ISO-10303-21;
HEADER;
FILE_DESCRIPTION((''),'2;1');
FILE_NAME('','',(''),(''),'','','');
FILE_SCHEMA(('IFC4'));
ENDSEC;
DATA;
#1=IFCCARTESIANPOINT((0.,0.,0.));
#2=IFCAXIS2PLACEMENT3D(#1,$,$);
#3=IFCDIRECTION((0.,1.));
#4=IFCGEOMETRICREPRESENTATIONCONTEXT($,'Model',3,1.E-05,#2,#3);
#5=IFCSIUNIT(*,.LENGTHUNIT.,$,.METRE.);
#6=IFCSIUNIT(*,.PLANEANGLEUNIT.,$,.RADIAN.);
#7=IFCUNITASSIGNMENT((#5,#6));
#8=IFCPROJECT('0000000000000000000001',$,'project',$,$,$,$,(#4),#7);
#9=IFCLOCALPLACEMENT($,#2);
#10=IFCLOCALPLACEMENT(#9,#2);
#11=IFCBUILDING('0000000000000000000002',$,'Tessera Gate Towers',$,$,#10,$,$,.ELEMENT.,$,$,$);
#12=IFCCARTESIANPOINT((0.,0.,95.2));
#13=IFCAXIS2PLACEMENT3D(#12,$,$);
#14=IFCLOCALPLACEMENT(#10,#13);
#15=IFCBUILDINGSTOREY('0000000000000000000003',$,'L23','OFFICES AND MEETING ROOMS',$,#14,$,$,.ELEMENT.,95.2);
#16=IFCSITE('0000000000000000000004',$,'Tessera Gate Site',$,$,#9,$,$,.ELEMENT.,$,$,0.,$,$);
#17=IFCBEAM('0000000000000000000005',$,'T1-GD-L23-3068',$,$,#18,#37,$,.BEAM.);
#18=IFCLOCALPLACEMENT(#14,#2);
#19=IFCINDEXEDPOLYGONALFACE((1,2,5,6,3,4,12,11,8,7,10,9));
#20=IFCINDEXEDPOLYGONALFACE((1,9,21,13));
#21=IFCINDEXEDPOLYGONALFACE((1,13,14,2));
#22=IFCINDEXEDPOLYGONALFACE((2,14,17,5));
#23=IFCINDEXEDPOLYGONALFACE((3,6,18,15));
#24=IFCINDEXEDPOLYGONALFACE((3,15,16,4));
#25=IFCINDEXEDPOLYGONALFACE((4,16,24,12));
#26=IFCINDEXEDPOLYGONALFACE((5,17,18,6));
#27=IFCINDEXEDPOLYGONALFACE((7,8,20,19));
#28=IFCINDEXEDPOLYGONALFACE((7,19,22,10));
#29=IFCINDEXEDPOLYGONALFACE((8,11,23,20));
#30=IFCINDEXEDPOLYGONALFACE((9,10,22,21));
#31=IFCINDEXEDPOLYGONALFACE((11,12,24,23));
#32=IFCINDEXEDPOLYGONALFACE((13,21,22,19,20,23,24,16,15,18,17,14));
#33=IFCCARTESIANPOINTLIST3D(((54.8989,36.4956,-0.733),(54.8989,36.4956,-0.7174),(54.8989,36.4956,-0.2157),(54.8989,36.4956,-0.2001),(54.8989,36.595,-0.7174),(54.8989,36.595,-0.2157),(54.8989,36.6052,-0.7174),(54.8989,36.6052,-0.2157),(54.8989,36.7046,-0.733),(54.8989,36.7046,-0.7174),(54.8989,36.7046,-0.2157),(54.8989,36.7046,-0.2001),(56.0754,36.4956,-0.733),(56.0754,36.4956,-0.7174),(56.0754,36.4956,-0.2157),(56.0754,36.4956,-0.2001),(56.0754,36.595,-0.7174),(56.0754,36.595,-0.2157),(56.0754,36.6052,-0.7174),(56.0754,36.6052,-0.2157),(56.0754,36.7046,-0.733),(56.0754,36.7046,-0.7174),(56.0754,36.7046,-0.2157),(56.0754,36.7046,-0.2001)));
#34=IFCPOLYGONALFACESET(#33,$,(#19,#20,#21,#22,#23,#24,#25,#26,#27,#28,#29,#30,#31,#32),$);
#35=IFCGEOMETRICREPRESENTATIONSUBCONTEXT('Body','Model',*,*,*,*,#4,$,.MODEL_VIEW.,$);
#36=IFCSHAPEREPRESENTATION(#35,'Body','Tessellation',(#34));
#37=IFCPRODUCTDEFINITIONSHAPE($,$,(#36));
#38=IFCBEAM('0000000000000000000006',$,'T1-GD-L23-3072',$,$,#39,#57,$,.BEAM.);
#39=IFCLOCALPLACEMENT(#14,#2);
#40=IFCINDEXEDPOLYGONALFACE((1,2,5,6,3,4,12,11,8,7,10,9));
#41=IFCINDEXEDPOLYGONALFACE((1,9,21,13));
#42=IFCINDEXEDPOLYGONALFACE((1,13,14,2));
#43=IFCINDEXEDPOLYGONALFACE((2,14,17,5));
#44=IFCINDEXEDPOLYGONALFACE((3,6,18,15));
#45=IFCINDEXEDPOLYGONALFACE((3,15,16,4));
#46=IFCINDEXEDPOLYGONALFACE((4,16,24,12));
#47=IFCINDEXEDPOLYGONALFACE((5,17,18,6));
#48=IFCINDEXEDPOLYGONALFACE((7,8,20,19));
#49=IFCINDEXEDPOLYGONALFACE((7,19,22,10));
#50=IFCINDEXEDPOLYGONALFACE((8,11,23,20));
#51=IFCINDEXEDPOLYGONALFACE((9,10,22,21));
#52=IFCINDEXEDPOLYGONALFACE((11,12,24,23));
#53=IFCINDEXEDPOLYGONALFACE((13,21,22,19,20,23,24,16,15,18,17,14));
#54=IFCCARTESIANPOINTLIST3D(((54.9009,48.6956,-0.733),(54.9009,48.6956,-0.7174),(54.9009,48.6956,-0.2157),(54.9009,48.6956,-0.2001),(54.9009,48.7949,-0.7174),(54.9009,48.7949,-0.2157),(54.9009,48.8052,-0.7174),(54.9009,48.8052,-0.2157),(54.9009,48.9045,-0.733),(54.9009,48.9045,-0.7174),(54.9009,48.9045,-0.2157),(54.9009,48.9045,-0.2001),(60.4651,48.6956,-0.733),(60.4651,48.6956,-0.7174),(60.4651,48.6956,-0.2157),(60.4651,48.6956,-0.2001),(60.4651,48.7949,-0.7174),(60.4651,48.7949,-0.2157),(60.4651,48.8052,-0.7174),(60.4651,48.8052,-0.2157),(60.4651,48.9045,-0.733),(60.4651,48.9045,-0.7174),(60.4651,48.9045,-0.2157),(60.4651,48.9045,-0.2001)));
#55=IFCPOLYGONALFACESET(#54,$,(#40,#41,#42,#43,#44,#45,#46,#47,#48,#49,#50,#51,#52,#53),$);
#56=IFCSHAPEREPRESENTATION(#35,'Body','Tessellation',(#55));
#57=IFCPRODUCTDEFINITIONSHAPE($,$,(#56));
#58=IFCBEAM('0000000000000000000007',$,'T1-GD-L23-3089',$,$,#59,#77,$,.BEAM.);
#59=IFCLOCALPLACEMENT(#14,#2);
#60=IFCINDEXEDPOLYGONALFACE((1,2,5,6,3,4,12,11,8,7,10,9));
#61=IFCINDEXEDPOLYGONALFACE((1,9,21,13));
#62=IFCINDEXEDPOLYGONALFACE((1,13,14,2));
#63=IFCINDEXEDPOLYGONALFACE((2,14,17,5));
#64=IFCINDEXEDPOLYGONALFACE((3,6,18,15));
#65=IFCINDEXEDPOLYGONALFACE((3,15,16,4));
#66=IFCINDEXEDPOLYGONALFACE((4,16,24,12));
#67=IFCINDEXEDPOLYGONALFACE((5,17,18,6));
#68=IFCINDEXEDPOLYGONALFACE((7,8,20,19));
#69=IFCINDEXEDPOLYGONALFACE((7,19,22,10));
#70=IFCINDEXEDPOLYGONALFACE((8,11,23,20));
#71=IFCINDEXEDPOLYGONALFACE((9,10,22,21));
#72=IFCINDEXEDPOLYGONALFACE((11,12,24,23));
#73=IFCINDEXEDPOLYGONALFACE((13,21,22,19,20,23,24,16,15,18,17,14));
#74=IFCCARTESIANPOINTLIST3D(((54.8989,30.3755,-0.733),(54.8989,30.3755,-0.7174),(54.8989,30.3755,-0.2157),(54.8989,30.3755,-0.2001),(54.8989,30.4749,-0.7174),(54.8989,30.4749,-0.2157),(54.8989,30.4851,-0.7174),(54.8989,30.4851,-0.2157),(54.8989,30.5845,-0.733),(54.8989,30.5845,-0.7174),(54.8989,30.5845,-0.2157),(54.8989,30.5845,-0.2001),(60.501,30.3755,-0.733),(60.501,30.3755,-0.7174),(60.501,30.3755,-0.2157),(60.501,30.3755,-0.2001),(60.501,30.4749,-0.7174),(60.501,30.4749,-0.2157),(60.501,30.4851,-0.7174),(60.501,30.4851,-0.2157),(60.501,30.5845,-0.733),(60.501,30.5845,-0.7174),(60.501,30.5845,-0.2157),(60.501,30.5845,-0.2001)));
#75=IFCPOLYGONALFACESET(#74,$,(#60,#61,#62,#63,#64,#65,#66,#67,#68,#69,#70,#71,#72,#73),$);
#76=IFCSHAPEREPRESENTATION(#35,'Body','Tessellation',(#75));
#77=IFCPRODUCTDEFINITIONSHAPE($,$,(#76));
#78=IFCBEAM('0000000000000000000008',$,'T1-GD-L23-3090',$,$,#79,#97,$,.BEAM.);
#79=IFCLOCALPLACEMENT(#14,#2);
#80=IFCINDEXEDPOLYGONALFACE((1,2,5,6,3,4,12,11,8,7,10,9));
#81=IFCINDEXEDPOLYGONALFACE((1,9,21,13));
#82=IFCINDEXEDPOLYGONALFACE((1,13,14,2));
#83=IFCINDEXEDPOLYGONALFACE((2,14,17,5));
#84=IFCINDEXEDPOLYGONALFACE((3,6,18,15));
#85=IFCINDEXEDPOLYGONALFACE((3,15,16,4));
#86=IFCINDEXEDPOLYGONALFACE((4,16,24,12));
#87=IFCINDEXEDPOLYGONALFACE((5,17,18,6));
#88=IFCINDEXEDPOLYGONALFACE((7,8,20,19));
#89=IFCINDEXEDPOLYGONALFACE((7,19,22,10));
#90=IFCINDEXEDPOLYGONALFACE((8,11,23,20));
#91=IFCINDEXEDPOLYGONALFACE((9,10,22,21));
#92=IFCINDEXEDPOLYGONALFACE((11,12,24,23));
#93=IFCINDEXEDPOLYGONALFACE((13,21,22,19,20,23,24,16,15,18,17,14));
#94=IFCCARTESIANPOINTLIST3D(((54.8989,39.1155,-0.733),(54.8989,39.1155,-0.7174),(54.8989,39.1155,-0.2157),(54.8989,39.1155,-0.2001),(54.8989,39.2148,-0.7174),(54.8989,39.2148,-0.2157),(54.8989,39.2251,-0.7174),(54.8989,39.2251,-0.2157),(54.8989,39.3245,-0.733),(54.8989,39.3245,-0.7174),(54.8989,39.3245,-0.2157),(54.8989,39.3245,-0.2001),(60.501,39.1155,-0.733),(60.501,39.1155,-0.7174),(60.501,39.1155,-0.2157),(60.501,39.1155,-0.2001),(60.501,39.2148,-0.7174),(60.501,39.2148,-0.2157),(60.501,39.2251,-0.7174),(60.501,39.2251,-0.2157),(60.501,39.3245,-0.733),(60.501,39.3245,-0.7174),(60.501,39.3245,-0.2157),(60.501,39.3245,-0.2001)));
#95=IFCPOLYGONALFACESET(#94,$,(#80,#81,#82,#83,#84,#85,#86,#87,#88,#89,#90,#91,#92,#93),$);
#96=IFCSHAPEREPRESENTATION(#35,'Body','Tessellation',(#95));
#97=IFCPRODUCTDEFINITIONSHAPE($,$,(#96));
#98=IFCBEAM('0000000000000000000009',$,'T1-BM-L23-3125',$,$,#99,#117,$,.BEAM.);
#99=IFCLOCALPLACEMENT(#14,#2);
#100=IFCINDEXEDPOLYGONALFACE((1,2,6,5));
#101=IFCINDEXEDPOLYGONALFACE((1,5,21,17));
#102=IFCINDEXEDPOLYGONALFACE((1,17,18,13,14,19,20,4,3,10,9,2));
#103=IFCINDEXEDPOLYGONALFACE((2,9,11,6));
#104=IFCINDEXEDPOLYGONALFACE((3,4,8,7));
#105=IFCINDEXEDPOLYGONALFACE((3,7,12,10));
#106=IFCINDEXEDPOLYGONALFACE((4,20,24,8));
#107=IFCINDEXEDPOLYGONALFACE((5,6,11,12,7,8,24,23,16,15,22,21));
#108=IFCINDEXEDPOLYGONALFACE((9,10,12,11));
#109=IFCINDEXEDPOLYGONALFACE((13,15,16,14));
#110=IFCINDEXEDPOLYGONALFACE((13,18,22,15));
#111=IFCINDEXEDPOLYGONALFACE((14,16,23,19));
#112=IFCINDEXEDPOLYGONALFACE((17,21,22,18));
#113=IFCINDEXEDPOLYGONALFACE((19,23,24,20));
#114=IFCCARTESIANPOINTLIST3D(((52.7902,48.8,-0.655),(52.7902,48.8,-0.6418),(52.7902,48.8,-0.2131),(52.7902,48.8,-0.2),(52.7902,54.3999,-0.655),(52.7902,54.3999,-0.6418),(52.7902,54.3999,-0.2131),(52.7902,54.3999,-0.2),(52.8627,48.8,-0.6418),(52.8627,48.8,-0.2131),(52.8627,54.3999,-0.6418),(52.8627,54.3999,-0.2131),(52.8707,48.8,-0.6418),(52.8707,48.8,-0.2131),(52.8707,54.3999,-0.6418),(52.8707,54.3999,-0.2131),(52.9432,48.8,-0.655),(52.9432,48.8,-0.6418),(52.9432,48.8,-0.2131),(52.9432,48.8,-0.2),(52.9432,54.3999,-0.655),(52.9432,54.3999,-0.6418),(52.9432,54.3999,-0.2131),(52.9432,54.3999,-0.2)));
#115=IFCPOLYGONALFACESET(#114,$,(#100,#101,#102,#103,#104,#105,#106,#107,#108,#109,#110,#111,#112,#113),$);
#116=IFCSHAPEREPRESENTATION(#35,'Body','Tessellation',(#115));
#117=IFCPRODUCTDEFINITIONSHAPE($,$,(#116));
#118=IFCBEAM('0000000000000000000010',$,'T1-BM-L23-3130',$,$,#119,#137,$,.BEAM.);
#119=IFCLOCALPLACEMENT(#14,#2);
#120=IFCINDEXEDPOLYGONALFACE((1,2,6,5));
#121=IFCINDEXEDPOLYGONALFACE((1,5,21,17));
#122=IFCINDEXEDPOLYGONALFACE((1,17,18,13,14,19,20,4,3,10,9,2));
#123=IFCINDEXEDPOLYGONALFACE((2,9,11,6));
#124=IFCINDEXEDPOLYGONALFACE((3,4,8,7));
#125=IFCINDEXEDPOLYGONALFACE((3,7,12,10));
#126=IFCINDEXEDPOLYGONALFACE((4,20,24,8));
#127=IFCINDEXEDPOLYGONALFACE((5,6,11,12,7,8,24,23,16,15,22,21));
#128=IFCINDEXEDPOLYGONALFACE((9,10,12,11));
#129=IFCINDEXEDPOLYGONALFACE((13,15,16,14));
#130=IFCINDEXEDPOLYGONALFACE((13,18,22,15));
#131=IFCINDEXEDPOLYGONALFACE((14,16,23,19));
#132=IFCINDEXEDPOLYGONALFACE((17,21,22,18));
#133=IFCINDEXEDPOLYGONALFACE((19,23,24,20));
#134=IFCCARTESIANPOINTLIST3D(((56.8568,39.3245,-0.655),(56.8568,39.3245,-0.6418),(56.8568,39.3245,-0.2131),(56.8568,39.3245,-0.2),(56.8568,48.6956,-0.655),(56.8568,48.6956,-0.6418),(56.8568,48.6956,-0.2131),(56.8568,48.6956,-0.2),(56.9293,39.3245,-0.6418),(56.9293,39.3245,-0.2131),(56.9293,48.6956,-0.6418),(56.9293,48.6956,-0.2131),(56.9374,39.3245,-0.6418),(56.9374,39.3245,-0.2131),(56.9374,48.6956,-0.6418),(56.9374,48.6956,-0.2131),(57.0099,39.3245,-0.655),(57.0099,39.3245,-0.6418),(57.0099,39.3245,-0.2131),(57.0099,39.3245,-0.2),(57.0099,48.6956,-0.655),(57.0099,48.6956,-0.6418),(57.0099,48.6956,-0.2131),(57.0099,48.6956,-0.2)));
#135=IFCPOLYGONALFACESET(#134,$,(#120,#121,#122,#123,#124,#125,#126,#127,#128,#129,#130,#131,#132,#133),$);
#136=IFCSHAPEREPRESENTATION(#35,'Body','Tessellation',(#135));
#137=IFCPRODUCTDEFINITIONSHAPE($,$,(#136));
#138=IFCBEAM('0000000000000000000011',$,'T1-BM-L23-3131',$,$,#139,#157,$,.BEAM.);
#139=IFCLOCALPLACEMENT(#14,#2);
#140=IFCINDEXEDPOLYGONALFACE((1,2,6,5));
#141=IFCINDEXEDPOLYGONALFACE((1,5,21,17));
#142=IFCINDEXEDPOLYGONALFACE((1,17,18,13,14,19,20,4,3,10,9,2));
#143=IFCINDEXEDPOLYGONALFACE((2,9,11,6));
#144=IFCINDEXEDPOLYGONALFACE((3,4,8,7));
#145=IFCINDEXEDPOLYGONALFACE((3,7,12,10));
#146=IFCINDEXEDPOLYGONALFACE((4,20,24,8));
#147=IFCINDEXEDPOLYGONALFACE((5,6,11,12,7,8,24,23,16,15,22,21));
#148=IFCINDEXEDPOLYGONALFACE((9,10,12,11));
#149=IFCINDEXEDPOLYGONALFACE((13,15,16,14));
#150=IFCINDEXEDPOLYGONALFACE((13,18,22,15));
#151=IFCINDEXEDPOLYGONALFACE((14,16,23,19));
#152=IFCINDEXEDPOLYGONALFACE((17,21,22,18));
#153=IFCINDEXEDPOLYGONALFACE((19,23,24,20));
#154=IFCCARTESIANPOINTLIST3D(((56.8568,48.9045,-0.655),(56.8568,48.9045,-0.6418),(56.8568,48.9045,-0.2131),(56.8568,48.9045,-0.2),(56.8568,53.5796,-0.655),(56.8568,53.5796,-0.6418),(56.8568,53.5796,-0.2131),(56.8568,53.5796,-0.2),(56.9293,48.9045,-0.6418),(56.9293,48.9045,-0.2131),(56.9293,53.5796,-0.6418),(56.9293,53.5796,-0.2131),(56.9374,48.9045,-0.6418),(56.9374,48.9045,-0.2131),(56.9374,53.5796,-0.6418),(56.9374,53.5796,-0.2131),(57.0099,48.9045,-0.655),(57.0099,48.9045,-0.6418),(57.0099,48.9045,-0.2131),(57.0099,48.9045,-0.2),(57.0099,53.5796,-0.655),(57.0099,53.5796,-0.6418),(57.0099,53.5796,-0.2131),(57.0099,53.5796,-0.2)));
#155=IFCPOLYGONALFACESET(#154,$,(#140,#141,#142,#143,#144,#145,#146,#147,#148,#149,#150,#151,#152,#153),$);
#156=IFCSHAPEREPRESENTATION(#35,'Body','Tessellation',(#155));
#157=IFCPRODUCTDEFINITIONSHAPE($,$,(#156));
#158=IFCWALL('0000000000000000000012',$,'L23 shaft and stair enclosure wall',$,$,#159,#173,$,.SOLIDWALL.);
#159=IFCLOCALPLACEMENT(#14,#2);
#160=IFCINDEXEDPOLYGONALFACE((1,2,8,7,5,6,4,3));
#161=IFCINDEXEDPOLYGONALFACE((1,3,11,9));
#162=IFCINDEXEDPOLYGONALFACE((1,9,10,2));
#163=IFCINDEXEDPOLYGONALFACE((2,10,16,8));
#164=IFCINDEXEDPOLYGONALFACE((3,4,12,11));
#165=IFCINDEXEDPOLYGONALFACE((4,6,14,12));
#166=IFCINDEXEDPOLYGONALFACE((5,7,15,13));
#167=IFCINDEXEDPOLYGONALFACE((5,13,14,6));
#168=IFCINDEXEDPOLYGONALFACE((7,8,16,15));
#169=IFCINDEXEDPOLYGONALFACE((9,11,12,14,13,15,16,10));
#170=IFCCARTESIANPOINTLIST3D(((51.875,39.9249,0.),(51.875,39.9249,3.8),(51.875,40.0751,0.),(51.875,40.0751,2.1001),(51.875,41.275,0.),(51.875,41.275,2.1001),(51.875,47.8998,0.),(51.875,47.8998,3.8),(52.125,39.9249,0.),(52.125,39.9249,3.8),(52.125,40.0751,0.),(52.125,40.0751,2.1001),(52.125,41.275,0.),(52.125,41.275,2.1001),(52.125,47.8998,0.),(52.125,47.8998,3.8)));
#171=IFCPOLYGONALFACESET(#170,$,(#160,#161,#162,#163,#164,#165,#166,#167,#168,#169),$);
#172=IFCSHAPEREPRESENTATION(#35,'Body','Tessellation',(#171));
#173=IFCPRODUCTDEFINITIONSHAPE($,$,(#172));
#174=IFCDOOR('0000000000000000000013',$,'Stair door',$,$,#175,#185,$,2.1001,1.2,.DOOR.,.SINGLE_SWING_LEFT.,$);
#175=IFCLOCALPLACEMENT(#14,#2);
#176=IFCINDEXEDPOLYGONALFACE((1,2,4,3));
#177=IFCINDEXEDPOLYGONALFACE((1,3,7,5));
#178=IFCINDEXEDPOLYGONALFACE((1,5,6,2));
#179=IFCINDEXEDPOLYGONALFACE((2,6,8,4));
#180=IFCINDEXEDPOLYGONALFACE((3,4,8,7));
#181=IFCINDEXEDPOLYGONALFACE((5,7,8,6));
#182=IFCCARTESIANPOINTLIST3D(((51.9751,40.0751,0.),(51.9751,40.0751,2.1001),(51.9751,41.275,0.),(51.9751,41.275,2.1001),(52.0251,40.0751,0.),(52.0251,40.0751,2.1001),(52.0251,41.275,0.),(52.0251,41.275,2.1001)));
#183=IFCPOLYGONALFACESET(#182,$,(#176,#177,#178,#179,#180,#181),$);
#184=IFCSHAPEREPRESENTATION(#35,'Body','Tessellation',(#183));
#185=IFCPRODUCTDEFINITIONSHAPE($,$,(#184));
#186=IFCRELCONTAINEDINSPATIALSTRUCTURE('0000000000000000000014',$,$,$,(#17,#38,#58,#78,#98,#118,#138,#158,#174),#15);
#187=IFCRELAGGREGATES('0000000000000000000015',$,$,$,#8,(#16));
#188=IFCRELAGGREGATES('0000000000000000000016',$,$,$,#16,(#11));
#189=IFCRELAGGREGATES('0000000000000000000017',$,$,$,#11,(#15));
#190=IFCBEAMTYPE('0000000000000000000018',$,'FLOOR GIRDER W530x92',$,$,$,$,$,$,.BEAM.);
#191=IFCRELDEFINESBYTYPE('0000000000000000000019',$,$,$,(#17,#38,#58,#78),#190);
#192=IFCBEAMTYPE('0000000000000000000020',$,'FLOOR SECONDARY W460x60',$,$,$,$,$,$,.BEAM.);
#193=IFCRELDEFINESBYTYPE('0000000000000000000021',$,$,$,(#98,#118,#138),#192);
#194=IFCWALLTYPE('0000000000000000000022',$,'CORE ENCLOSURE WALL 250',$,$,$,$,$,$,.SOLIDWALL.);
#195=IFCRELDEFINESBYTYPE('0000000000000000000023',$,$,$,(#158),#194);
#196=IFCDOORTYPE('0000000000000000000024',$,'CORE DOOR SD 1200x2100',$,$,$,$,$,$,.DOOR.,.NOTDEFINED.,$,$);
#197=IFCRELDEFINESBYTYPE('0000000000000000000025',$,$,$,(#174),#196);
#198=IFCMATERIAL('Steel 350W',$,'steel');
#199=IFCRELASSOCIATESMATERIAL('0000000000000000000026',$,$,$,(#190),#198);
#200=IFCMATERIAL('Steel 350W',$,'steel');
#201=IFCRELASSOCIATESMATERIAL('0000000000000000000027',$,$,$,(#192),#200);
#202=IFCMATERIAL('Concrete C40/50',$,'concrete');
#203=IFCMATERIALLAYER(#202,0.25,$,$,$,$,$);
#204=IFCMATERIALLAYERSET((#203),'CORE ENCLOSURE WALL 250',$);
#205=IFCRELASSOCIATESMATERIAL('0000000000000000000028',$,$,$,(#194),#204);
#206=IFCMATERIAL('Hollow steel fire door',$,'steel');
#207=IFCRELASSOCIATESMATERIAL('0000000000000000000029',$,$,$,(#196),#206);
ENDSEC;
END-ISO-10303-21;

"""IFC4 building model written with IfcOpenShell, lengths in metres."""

from ifc_helpers import new_model, si_unit, direction, frame, frame_2d, origin, origin_2d, place, context, subcontext, project, spatial, rectangle, i_section, extrude, source, transform, mapped, material, layer, layer_set, material_profile, profile_set, type_object, element, fill, save


model = new_model("IFC4")

# Units and contexts
model_context = context("Model", 3, precision=1e-05, world=origin(), true_north=direction((0.0, 1.0)))
body_context = subcontext(model_context, "Body", "Model", "MODEL_VIEW")
ifc_project = project(units=[si_unit("LENGTHUNIT", "METRE"), si_unit("PLANEANGLEUNIT", "RADIAN")], contexts=[model_context])

# Site, building, storey
site_placement = place(None, origin())
site = spatial("IfcSite", under=ifc_project, at=site_placement, Name="Tessera Gate Site", CompositionType="ELEMENT", RefElevation=0.0)
building_placement = place(site_placement, origin())
building = spatial("IfcBuilding", under=site, at=building_placement, Name="Tessera Gate Towers", CompositionType="ELEMENT")
storey_placement = place(building_placement, frame((0.0, 0.0, 95.2)))
storey = spatial("IfcBuildingStorey", under=building, at=storey_placement, Name="L23", Description="OFFICES AND MEETING ROOMS", CompositionType="ELEMENT", Elevation=95.2)

# Beams
ifc_material_1 = material(Name="Steel 350W", Category="steel")
ifc_material_profile_1 = material_profile(ifc_material_1, i_section(OverallWidth=0.209, OverallDepth=0.533, WebThickness=0.0103, FlangeThickness=0.0156, at=origin_2d()), Name="W530x92")
ifc_profile_set_1 = profile_set([ifc_material_profile_1], Name="Steel 350W")
beam_type_1 = type_object("IfcBeamType", Name="FLOOR GIRDER W530x92", PredefinedType="BEAM", material=ifc_profile_set_1)
beam_1_placement = place(storey_placement, frame((54.8989, 36.6001, -0.4666), z_axis=(1.0, 0.0, 0.0), x_axis=(0.0, 1.0, 0.0)))
element("IfcBeam", 1, at=beam_1_placement, inside=storey, type_object=beam_type_1, Name="T1-GD-L23-3068", PredefinedType="BEAM", context=body_context, shape_type="SweptSolid", body=[
    extrude(i_section(OverallWidth=0.209, OverallDepth=0.533, WebThickness=0.0103, FlangeThickness=0.0156, at=origin_2d()), origin(), (0.0, 0.0, 1.0), 1.1765),
])
beam_2_placement = place(storey_placement, frame((54.9009, 48.8, -0.4666), z_axis=(1.0, 0.0, 0.0), x_axis=(0.0, 1.0, 0.0)))
element("IfcBeam", 2, at=beam_2_placement, inside=storey, type_object=beam_type_1, Name="T1-GD-L23-3072", PredefinedType="BEAM", context=body_context, shape_type="SweptSolid", body=[
    extrude(i_section(OverallWidth=0.209, OverallDepth=0.533, WebThickness=0.0103, FlangeThickness=0.0156, at=origin_2d()), origin(), (0.0, 0.0, 1.0), 5.5642),
])
for number, where, z_axis, x_axis, name in (
    (3, (54.8989, 30.48, -0.4666), (1.0, 0.0, 0.0), (0.0, 1.0, 0.0), "T1-GD-L23-3089"),
    (4, (54.8989, 39.22, -0.4666), (1.0, 0.0, 0.0), (0.0, 1.0, 0.0), "T1-GD-L23-3090"),
):
    element("IfcBeam", number, at=place(storey_placement, frame(where, z_axis=z_axis, x_axis=x_axis)), inside=storey, type_object=beam_type_1, Name=name, PredefinedType="BEAM", context=body_context, shape_type="SweptSolid", body=[
        extrude(i_section(OverallWidth=0.209, OverallDepth=0.533, WebThickness=0.0103, FlangeThickness=0.0156, at=origin_2d()), origin(), (0.0, 0.0, 1.0), 5.6021),
    ])
ifc_material_2 = material(Name="Steel 350W", Category="steel")
ifc_material_profile_2 = material_profile(ifc_material_2, i_section(OverallWidth=0.1531, OverallDepth=0.4551, WebThickness=0.0081, FlangeThickness=0.0132, at=origin_2d()), Name="W460x60")
ifc_profile_set_2 = profile_set([ifc_material_profile_2], Name="Steel 350W")
beam_type_2 = type_object("IfcBeamType", Name="FLOOR SECONDARY W460x60", PredefinedType="BEAM", material=ifc_profile_set_2)
beam_3_placement = place(storey_placement, frame((52.8667, 48.8, -0.4275), z_axis=(0.0, 1.0, 0.0), x_axis=(-1.0, 0.0, 0.0)))
element("IfcBeam", 5, at=beam_3_placement, inside=storey, type_object=beam_type_2, Name="T1-BM-L23-3125", PredefinedType="BEAM", context=body_context, shape_type="SweptSolid", body=[
    extrude(i_section(OverallWidth=0.1531, OverallDepth=0.4551, WebThickness=0.0081, FlangeThickness=0.0132, at=origin_2d()), origin(), (0.0, 0.0, 1.0), 5.5999),
])
beam_4_placement = place(storey_placement, frame((56.9333, 39.3245, -0.4275), z_axis=(0.0, 1.0, 0.0), x_axis=(-1.0, 0.0, 0.0)))
element("IfcBeam", 6, at=beam_4_placement, inside=storey, type_object=beam_type_2, Name="T1-BM-L23-3130", PredefinedType="BEAM", context=body_context, shape_type="SweptSolid", body=[
    extrude(i_section(OverallWidth=0.1531, OverallDepth=0.4551, WebThickness=0.0081, FlangeThickness=0.0132, at=origin_2d()), origin(), (0.0, 0.0, 1.0), 9.3711),
])
beam_5_placement = place(storey_placement, frame((56.9333, 48.9045, -0.4275), z_axis=(0.0, 1.0, 0.0), x_axis=(-1.0, 0.0, 0.0)))
element("IfcBeam", 7, at=beam_5_placement, inside=storey, type_object=beam_type_2, Name="T1-BM-L23-3131", PredefinedType="BEAM", context=body_context, shape_type="SweptSolid", body=[
    extrude(i_section(OverallWidth=0.1531, OverallDepth=0.4551, WebThickness=0.0081, FlangeThickness=0.0132, at=origin_2d()), origin(), (0.0, 0.0, 1.0), 4.675),
])

# Wall, opening, door
ifc_material_3 = material(Name="Concrete C40/50", Category="concrete")
ifc_layer_1 = layer(ifc_material_3, 0.25)
ifc_layer_set_1 = layer_set([ifc_layer_1], Name="CORE ENCLOSURE WALL 250")
wall_type_1 = type_object("IfcWallType", Name="CORE ENCLOSURE WALL 250", PredefinedType="SOLIDWALL", material=ifc_layer_set_1)
wall_1_placement = place(storey_placement, frame((52.0, 39.925, 0.0), z_axis=(0.0, 0.0, 1.0), x_axis=(0.0, 1.0, 0.0)))
wall_1 = element("IfcWall", 8, at=wall_1_placement, inside=storey, type_object=wall_type_1, Name="L23 shaft and stair enclosure wall", PredefinedType="SOLIDWALL", context=body_context, shape_type="SweptSolid", body=[
    extrude(rectangle(XDim=7.9749, YDim=0.25, at=frame_2d((3.9873, 0.0))), origin(), (0.0, 0.0, 1.0), 3.8),
])
shared_shape_1 = source(origin(), body_context, "Body", "SweptSolid", [
    extrude(rectangle(XDim=1.2, YDim=2.1001, at=frame_2d((0.6001, 1.05))), frame((0.0, 0.135, 0.0), z_axis=(0.0, -1.0, 0.0), x_axis=(1.0, 0.0, 0.0)), (0.0, 0.0, 1.0), 0.27),
])
opening_1_placement = place(wall_1_placement, frame((0.1499, 0.0, 0.0)))
opening_1 = element("IfcOpeningElement", 9, at=opening_1_placement, cuts=wall_1, PredefinedType="OPENING", context=body_context, shape_type="MappedRepresentation", body=[
    mapped(shared_shape_1, transform((0.0, 0.0, 0.0), scale=1.0)),
])
ifc_material_4 = material(Name="Hollow steel fire door", Category="steel")
door_type_1 = type_object("IfcDoorType", Name="CORE DOOR SD 1200x2100", OperationType="NOTDEFINED", PredefinedType="DOOR", material=ifc_material_4)
shared_shape_2 = source(origin(), body_context, "Body", "SweptSolid", [
    extrude(rectangle(XDim=1.2, YDim=2.1001, at=frame_2d((0.6001, 1.05))), frame((0.0, 0.0249, 0.0), z_axis=(0.0, -1.0, 0.0), x_axis=(1.0, 0.0, 0.0)), (0.0, 0.0, 1.0), 0.05),
])
door_1_placement = place(opening_1_placement, origin())
door_1 = element("IfcDoor", 10, at=door_1_placement, inside=storey, type_object=door_type_1, Name="Stair door", OperationType="SINGLE_SWING_LEFT", OverallHeight=2.1001, OverallWidth=1.2, PredefinedType="DOOR", context=body_context, shape_type="MappedRepresentation", body=[
    mapped(shared_shape_2, transform((0.0, 0.0, 0.0), scale=1.0)),
])
fill(opening_1, door_1)

save(model, "model.ifc")
